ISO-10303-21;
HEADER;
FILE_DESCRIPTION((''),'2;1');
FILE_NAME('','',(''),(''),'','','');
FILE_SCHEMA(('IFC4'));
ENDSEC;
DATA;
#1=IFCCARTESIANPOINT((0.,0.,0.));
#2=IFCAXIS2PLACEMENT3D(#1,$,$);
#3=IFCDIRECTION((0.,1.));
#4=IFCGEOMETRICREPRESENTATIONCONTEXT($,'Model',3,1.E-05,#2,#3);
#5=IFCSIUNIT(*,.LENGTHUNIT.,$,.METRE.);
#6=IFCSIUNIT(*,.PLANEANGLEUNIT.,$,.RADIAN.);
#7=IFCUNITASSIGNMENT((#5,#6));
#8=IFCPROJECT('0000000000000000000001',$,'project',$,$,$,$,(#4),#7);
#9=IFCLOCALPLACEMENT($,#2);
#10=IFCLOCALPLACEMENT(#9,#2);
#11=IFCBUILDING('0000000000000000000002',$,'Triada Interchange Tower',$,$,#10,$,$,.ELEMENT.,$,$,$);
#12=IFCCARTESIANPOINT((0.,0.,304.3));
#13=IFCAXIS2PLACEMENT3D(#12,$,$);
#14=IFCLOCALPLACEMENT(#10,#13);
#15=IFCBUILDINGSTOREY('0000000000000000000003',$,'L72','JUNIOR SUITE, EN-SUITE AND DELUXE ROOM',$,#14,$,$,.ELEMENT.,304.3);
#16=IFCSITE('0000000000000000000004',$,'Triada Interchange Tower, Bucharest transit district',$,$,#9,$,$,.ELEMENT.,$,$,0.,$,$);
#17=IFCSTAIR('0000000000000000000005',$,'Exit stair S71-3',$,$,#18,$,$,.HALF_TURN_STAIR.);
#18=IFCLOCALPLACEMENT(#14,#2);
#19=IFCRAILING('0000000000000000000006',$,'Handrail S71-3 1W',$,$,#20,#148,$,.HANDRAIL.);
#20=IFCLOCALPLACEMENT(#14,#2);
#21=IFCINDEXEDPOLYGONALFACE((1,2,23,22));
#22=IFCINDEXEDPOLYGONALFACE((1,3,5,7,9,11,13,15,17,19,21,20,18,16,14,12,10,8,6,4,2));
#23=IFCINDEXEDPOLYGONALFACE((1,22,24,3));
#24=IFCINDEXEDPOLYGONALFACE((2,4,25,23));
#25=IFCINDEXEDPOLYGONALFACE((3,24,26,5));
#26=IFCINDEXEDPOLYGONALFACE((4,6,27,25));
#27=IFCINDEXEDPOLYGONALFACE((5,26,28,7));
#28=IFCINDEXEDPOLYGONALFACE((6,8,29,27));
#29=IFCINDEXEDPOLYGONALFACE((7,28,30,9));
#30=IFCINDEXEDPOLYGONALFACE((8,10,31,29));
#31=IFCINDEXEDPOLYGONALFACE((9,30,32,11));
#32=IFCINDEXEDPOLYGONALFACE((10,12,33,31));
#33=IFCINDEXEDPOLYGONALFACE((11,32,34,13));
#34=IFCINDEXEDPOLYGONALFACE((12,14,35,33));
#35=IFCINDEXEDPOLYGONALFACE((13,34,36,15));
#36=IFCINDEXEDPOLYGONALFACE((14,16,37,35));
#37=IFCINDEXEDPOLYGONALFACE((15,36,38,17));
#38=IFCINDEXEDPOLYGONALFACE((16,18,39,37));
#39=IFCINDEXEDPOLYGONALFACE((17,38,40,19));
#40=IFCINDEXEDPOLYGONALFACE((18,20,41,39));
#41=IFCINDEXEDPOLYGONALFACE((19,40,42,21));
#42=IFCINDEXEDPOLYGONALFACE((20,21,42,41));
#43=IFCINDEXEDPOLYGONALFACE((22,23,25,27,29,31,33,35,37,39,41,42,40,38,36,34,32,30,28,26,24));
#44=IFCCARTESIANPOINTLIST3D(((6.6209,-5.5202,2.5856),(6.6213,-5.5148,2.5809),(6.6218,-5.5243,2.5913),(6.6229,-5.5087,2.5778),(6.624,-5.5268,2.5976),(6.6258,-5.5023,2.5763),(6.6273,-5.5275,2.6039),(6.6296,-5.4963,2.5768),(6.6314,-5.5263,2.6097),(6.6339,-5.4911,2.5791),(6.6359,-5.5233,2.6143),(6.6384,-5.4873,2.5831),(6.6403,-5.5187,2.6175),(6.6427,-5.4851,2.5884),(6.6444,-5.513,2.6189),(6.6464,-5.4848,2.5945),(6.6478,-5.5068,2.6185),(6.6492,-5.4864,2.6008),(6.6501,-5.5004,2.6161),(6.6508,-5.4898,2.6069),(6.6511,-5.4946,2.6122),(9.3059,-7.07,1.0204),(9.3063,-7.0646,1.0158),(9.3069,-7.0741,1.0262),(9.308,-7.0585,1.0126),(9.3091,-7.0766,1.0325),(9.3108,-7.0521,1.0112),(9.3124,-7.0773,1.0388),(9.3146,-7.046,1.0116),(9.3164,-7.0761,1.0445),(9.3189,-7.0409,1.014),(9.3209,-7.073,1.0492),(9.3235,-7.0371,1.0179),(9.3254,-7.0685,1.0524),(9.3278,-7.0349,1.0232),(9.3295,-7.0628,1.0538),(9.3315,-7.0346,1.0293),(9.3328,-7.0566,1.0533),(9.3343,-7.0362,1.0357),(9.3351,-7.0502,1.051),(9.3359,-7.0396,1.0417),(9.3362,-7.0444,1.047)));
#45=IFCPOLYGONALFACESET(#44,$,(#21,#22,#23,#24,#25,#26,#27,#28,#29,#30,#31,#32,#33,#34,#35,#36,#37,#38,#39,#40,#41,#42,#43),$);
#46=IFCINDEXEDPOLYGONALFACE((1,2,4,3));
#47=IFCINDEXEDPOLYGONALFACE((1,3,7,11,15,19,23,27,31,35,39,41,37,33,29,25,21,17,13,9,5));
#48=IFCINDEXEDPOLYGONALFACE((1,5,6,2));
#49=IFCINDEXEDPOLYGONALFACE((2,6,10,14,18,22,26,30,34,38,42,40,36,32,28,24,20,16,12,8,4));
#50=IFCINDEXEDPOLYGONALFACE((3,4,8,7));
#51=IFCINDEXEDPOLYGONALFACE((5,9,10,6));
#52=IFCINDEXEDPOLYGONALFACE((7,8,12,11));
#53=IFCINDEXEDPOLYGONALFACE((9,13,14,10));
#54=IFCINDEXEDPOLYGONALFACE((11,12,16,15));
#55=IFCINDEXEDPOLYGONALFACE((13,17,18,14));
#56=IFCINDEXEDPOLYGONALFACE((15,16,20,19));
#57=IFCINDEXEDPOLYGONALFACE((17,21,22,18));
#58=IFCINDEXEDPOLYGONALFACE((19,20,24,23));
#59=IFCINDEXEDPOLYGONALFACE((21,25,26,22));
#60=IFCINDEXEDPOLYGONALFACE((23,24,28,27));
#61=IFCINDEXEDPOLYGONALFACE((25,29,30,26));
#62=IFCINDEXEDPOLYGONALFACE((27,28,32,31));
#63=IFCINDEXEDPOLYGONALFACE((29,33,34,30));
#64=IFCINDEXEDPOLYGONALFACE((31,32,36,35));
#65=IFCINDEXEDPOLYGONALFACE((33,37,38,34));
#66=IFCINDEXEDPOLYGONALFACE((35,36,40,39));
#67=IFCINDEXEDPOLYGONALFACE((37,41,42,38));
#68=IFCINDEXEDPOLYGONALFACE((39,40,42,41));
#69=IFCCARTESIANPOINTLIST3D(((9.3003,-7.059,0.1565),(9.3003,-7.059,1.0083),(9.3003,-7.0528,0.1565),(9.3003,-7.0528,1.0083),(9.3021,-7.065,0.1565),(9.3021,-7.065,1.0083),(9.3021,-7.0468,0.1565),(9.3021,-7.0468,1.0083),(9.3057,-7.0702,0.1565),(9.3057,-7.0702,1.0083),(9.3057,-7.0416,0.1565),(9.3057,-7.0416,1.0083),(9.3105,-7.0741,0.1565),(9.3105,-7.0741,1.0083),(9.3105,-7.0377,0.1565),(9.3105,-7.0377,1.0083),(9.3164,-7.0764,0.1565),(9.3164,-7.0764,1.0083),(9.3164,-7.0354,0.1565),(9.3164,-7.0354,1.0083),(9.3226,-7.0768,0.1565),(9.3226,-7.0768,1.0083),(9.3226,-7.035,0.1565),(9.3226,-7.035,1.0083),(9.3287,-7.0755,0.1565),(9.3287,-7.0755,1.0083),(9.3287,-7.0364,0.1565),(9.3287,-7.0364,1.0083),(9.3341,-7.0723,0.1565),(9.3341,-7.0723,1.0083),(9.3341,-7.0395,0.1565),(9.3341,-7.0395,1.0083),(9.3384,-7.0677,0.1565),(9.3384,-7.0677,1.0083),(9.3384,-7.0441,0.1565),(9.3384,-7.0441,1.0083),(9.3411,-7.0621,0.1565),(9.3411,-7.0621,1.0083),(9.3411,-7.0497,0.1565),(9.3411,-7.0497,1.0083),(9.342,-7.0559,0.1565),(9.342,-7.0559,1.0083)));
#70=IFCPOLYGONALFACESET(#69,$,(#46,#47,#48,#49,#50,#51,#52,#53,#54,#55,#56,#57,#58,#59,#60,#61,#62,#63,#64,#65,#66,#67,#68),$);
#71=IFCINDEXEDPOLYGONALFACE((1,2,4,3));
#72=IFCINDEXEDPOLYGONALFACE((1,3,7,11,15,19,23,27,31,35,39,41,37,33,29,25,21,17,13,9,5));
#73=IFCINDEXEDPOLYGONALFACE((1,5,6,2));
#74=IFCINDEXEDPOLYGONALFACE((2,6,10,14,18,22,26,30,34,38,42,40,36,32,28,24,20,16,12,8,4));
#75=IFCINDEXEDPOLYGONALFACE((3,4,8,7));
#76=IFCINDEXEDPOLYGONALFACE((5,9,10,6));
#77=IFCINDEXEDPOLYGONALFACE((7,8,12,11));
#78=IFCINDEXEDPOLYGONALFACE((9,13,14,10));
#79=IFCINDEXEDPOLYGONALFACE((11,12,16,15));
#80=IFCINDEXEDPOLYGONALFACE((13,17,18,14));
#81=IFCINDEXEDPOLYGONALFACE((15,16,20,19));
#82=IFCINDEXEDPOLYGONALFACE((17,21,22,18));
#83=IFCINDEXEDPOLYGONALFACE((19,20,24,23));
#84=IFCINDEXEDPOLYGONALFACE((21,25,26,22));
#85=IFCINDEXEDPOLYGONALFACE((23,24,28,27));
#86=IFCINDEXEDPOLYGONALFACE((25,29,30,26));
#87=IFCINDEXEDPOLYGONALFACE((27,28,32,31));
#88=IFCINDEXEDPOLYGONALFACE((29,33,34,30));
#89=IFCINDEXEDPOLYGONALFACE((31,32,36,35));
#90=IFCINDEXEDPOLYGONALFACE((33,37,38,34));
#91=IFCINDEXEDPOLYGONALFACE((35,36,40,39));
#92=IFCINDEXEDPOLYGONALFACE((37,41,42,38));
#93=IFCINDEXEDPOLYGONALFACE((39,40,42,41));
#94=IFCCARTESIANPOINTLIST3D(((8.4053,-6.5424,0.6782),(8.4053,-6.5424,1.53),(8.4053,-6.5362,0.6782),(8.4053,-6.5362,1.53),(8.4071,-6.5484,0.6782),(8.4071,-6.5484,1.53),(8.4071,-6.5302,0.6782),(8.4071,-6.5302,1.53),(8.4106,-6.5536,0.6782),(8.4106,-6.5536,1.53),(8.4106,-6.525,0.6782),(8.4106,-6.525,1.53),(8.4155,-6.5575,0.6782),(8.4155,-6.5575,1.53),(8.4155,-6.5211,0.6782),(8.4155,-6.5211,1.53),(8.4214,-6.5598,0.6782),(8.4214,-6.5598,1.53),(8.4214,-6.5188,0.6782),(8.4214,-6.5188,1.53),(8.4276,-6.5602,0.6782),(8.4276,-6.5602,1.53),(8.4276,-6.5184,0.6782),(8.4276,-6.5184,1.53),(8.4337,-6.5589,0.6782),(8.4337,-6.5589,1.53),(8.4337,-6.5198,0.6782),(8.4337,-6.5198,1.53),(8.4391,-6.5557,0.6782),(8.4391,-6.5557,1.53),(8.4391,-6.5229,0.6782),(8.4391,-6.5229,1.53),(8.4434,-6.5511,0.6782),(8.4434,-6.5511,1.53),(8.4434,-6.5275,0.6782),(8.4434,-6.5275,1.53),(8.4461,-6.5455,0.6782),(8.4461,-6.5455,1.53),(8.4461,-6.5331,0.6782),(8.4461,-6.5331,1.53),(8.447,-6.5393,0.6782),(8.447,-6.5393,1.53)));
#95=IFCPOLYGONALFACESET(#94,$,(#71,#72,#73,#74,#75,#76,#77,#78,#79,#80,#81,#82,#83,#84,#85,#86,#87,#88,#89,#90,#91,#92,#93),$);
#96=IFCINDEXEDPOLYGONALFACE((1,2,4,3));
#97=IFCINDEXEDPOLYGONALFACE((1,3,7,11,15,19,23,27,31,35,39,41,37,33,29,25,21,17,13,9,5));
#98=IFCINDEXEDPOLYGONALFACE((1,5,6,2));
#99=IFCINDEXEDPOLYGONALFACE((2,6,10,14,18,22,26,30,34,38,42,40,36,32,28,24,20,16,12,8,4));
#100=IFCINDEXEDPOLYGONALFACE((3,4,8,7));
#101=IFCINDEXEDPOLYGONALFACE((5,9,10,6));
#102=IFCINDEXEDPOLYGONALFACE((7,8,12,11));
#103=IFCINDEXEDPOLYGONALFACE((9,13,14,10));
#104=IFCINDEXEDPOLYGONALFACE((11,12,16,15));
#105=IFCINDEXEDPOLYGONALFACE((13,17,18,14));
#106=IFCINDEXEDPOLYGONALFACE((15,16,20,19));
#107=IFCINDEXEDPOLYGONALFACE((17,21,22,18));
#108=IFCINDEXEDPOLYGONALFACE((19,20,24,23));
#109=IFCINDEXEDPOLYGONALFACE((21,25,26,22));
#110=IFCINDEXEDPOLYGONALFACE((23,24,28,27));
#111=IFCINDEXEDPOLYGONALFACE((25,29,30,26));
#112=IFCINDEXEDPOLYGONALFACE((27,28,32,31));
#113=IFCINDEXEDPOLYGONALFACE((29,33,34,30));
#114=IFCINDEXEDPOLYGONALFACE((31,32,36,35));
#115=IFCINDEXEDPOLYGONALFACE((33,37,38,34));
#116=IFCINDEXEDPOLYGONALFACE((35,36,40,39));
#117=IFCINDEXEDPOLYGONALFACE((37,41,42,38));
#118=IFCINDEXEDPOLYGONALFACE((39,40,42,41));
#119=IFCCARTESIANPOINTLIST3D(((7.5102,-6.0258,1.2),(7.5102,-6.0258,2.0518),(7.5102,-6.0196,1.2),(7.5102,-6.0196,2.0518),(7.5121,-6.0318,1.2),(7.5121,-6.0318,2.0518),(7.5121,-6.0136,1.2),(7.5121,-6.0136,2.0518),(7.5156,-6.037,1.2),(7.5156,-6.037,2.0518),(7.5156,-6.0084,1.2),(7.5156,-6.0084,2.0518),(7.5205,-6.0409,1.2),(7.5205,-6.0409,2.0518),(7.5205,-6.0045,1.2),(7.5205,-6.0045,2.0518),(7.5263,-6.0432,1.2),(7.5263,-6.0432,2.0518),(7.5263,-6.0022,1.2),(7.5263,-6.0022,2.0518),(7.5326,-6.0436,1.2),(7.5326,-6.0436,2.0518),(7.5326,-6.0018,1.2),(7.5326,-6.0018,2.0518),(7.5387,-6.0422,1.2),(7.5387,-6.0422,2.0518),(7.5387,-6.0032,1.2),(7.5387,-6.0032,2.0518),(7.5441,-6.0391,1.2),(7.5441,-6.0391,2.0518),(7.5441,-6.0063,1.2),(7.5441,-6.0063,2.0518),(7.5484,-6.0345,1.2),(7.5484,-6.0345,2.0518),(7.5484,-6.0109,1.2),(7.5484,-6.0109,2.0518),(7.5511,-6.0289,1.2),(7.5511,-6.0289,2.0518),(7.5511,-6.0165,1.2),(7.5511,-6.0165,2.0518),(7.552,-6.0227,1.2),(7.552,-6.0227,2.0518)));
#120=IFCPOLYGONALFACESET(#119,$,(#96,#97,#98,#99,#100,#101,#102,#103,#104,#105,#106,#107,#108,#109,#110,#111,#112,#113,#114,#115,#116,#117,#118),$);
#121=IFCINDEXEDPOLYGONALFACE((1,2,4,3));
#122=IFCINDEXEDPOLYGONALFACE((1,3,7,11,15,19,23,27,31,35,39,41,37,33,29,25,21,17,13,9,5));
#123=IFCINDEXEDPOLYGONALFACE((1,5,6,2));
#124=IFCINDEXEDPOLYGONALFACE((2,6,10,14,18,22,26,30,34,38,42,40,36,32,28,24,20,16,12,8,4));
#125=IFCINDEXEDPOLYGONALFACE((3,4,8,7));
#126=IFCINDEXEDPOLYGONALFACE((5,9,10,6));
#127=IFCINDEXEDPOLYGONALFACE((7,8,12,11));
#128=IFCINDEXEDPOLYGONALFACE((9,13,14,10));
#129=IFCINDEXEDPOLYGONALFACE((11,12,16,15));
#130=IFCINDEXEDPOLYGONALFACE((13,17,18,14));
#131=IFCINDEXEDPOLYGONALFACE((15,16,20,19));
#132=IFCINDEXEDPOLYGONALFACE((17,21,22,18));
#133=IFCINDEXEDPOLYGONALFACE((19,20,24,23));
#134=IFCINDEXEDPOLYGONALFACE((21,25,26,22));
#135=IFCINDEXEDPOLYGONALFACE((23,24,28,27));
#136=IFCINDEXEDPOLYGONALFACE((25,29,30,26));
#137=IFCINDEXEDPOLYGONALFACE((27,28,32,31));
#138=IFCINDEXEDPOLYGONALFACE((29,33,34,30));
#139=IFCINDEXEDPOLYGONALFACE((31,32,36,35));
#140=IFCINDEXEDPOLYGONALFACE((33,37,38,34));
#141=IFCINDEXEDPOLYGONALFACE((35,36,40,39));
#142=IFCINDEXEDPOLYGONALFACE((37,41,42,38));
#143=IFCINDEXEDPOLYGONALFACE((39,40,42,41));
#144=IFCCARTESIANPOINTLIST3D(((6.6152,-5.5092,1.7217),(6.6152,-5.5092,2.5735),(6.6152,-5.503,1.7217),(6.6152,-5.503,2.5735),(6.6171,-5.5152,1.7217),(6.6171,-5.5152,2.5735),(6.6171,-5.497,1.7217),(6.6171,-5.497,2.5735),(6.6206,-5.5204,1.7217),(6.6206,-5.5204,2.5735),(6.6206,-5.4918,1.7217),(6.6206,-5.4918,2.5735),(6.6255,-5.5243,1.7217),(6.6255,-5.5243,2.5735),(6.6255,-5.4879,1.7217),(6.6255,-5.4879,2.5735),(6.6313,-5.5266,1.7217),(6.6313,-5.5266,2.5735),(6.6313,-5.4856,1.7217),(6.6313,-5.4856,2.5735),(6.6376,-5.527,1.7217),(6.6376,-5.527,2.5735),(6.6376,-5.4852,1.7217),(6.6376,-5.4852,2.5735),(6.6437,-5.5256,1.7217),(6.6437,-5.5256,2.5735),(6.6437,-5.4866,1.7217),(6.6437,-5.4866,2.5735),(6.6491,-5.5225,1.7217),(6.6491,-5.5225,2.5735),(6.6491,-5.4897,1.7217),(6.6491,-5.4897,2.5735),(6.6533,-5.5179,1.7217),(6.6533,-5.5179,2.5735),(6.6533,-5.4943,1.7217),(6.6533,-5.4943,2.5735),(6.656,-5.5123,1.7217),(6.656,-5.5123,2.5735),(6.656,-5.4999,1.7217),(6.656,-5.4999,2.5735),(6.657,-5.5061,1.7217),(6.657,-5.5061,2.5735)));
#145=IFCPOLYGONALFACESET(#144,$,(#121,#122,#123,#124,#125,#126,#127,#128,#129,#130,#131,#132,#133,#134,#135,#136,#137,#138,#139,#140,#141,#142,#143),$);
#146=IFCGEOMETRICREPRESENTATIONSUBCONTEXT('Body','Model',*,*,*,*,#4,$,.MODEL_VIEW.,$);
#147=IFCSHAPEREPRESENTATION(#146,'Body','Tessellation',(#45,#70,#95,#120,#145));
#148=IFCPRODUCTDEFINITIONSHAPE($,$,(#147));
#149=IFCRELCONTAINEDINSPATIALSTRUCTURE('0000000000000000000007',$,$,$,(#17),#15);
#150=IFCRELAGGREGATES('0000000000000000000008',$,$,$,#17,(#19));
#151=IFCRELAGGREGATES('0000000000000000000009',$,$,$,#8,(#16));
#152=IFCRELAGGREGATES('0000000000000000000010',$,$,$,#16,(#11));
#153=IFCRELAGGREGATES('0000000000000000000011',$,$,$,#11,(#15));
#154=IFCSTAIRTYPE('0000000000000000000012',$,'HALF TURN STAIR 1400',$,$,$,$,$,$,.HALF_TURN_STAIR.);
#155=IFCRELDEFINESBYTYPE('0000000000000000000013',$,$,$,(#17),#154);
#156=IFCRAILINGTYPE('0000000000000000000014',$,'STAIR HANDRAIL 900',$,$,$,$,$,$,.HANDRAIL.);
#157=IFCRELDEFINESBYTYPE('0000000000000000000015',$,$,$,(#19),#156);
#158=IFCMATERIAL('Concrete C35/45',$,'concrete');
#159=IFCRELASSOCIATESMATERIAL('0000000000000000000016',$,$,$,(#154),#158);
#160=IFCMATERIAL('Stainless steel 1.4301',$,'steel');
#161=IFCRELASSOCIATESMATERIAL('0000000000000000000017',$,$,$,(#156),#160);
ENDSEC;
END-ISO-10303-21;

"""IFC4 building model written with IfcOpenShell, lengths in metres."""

from ifc_helpers import new_model, si_unit, direction, frame, origin, origin_2d, place, context, subcontext, project, spatial, circle, extrude, material, type_object, element, aggregate, save


model = new_model("IFC4")

# Units and contexts
model_context = context("Model", 3, precision=1e-05, world=origin(), true_north=direction((0.0, 1.0)))
body_context = subcontext(model_context, "Body", "Model", "MODEL_VIEW")
ifc_project = project(units=[si_unit("LENGTHUNIT", "METRE"), si_unit("PLANEANGLEUNIT", "RADIAN")], contexts=[model_context])

# Site, building, storey
site_placement = place(None, origin())
site = spatial("IfcSite", under=ifc_project, at=site_placement, Name="Triada Interchange Tower, Bucharest transit district", CompositionType="ELEMENT", RefElevation=0.0)
building_placement = place(site_placement, origin())
building = spatial("IfcBuilding", under=site, at=building_placement, Name="Triada Interchange Tower", CompositionType="ELEMENT")
storey_placement = place(building_placement, frame((0.0, 0.0, 304.3)))
storey = spatial("IfcBuildingStorey", under=building, at=storey_placement, Name="L72", Description="JUNIOR SUITE, EN-SUITE AND DELUXE ROOM", CompositionType="ELEMENT", Elevation=304.3)

# Stair, railing
ifc_material_1 = material(Name="Concrete C35/45", Category="concrete")
stair_type = type_object("IfcStairType", Name="HALF TURN STAIR 1400", PredefinedType="HALF_TURN_STAIR", material=ifc_material_1)
stair_placement = place(storey_placement, origin())
stair = element("IfcStair", 1, at=stair_placement, inside=storey, type_object=stair_type, Name="Exit stair S71-3", PredefinedType="HALF_TURN_STAIR")
ifc_material_2 = material(Name="Stainless steel 1.4301", Category="steel")
railing_type = type_object("IfcRailingType", Name="STAIR HANDRAIL 900", PredefinedType="HANDRAIL", material=ifc_material_2)
railing_1_placement = place(storey_placement, frame((9.321, -7.0559, 0.1565)))
railing_1 = element("IfcRailing", 2, at=railing_1_placement, type_object=railing_type, Name="Handrail S71-3 1W", PredefinedType="HANDRAIL", context=body_context, shape_type="SweptSolid", body=[
    extrude(circle(Radius=0.0239, at=origin_2d()), frame((0.0, 0.0, 0.876), z_axis=(-0.773139, 0.446253, 0.450682), x_axis=(-0.4999, -0.866083, 0.0)), (0.0, 0.0, 1.0), 3.4729),
    extrude(circle(Radius=0.021, at=origin_2d()), origin(), (0.0, 0.0, 1.0), 0.8518),
    extrude(circle(Radius=0.021, at=origin_2d()), frame((-0.895, 0.5166, 0.5217)), (0.0, 0.0, 1.0), 0.8518),
    extrude(circle(Radius=0.021, at=origin_2d()), frame((-1.79, 1.0332, 1.0435)), (0.0, 0.0, 1.0), 0.8518),
    extrude(circle(Radius=0.021, at=origin_2d()), frame((-2.6851, 1.5498, 1.5652)), (0.0, 0.0, 1.0), 0.8518),
])
aggregate(stair, [railing_1])

save(model, "model.ifc")
